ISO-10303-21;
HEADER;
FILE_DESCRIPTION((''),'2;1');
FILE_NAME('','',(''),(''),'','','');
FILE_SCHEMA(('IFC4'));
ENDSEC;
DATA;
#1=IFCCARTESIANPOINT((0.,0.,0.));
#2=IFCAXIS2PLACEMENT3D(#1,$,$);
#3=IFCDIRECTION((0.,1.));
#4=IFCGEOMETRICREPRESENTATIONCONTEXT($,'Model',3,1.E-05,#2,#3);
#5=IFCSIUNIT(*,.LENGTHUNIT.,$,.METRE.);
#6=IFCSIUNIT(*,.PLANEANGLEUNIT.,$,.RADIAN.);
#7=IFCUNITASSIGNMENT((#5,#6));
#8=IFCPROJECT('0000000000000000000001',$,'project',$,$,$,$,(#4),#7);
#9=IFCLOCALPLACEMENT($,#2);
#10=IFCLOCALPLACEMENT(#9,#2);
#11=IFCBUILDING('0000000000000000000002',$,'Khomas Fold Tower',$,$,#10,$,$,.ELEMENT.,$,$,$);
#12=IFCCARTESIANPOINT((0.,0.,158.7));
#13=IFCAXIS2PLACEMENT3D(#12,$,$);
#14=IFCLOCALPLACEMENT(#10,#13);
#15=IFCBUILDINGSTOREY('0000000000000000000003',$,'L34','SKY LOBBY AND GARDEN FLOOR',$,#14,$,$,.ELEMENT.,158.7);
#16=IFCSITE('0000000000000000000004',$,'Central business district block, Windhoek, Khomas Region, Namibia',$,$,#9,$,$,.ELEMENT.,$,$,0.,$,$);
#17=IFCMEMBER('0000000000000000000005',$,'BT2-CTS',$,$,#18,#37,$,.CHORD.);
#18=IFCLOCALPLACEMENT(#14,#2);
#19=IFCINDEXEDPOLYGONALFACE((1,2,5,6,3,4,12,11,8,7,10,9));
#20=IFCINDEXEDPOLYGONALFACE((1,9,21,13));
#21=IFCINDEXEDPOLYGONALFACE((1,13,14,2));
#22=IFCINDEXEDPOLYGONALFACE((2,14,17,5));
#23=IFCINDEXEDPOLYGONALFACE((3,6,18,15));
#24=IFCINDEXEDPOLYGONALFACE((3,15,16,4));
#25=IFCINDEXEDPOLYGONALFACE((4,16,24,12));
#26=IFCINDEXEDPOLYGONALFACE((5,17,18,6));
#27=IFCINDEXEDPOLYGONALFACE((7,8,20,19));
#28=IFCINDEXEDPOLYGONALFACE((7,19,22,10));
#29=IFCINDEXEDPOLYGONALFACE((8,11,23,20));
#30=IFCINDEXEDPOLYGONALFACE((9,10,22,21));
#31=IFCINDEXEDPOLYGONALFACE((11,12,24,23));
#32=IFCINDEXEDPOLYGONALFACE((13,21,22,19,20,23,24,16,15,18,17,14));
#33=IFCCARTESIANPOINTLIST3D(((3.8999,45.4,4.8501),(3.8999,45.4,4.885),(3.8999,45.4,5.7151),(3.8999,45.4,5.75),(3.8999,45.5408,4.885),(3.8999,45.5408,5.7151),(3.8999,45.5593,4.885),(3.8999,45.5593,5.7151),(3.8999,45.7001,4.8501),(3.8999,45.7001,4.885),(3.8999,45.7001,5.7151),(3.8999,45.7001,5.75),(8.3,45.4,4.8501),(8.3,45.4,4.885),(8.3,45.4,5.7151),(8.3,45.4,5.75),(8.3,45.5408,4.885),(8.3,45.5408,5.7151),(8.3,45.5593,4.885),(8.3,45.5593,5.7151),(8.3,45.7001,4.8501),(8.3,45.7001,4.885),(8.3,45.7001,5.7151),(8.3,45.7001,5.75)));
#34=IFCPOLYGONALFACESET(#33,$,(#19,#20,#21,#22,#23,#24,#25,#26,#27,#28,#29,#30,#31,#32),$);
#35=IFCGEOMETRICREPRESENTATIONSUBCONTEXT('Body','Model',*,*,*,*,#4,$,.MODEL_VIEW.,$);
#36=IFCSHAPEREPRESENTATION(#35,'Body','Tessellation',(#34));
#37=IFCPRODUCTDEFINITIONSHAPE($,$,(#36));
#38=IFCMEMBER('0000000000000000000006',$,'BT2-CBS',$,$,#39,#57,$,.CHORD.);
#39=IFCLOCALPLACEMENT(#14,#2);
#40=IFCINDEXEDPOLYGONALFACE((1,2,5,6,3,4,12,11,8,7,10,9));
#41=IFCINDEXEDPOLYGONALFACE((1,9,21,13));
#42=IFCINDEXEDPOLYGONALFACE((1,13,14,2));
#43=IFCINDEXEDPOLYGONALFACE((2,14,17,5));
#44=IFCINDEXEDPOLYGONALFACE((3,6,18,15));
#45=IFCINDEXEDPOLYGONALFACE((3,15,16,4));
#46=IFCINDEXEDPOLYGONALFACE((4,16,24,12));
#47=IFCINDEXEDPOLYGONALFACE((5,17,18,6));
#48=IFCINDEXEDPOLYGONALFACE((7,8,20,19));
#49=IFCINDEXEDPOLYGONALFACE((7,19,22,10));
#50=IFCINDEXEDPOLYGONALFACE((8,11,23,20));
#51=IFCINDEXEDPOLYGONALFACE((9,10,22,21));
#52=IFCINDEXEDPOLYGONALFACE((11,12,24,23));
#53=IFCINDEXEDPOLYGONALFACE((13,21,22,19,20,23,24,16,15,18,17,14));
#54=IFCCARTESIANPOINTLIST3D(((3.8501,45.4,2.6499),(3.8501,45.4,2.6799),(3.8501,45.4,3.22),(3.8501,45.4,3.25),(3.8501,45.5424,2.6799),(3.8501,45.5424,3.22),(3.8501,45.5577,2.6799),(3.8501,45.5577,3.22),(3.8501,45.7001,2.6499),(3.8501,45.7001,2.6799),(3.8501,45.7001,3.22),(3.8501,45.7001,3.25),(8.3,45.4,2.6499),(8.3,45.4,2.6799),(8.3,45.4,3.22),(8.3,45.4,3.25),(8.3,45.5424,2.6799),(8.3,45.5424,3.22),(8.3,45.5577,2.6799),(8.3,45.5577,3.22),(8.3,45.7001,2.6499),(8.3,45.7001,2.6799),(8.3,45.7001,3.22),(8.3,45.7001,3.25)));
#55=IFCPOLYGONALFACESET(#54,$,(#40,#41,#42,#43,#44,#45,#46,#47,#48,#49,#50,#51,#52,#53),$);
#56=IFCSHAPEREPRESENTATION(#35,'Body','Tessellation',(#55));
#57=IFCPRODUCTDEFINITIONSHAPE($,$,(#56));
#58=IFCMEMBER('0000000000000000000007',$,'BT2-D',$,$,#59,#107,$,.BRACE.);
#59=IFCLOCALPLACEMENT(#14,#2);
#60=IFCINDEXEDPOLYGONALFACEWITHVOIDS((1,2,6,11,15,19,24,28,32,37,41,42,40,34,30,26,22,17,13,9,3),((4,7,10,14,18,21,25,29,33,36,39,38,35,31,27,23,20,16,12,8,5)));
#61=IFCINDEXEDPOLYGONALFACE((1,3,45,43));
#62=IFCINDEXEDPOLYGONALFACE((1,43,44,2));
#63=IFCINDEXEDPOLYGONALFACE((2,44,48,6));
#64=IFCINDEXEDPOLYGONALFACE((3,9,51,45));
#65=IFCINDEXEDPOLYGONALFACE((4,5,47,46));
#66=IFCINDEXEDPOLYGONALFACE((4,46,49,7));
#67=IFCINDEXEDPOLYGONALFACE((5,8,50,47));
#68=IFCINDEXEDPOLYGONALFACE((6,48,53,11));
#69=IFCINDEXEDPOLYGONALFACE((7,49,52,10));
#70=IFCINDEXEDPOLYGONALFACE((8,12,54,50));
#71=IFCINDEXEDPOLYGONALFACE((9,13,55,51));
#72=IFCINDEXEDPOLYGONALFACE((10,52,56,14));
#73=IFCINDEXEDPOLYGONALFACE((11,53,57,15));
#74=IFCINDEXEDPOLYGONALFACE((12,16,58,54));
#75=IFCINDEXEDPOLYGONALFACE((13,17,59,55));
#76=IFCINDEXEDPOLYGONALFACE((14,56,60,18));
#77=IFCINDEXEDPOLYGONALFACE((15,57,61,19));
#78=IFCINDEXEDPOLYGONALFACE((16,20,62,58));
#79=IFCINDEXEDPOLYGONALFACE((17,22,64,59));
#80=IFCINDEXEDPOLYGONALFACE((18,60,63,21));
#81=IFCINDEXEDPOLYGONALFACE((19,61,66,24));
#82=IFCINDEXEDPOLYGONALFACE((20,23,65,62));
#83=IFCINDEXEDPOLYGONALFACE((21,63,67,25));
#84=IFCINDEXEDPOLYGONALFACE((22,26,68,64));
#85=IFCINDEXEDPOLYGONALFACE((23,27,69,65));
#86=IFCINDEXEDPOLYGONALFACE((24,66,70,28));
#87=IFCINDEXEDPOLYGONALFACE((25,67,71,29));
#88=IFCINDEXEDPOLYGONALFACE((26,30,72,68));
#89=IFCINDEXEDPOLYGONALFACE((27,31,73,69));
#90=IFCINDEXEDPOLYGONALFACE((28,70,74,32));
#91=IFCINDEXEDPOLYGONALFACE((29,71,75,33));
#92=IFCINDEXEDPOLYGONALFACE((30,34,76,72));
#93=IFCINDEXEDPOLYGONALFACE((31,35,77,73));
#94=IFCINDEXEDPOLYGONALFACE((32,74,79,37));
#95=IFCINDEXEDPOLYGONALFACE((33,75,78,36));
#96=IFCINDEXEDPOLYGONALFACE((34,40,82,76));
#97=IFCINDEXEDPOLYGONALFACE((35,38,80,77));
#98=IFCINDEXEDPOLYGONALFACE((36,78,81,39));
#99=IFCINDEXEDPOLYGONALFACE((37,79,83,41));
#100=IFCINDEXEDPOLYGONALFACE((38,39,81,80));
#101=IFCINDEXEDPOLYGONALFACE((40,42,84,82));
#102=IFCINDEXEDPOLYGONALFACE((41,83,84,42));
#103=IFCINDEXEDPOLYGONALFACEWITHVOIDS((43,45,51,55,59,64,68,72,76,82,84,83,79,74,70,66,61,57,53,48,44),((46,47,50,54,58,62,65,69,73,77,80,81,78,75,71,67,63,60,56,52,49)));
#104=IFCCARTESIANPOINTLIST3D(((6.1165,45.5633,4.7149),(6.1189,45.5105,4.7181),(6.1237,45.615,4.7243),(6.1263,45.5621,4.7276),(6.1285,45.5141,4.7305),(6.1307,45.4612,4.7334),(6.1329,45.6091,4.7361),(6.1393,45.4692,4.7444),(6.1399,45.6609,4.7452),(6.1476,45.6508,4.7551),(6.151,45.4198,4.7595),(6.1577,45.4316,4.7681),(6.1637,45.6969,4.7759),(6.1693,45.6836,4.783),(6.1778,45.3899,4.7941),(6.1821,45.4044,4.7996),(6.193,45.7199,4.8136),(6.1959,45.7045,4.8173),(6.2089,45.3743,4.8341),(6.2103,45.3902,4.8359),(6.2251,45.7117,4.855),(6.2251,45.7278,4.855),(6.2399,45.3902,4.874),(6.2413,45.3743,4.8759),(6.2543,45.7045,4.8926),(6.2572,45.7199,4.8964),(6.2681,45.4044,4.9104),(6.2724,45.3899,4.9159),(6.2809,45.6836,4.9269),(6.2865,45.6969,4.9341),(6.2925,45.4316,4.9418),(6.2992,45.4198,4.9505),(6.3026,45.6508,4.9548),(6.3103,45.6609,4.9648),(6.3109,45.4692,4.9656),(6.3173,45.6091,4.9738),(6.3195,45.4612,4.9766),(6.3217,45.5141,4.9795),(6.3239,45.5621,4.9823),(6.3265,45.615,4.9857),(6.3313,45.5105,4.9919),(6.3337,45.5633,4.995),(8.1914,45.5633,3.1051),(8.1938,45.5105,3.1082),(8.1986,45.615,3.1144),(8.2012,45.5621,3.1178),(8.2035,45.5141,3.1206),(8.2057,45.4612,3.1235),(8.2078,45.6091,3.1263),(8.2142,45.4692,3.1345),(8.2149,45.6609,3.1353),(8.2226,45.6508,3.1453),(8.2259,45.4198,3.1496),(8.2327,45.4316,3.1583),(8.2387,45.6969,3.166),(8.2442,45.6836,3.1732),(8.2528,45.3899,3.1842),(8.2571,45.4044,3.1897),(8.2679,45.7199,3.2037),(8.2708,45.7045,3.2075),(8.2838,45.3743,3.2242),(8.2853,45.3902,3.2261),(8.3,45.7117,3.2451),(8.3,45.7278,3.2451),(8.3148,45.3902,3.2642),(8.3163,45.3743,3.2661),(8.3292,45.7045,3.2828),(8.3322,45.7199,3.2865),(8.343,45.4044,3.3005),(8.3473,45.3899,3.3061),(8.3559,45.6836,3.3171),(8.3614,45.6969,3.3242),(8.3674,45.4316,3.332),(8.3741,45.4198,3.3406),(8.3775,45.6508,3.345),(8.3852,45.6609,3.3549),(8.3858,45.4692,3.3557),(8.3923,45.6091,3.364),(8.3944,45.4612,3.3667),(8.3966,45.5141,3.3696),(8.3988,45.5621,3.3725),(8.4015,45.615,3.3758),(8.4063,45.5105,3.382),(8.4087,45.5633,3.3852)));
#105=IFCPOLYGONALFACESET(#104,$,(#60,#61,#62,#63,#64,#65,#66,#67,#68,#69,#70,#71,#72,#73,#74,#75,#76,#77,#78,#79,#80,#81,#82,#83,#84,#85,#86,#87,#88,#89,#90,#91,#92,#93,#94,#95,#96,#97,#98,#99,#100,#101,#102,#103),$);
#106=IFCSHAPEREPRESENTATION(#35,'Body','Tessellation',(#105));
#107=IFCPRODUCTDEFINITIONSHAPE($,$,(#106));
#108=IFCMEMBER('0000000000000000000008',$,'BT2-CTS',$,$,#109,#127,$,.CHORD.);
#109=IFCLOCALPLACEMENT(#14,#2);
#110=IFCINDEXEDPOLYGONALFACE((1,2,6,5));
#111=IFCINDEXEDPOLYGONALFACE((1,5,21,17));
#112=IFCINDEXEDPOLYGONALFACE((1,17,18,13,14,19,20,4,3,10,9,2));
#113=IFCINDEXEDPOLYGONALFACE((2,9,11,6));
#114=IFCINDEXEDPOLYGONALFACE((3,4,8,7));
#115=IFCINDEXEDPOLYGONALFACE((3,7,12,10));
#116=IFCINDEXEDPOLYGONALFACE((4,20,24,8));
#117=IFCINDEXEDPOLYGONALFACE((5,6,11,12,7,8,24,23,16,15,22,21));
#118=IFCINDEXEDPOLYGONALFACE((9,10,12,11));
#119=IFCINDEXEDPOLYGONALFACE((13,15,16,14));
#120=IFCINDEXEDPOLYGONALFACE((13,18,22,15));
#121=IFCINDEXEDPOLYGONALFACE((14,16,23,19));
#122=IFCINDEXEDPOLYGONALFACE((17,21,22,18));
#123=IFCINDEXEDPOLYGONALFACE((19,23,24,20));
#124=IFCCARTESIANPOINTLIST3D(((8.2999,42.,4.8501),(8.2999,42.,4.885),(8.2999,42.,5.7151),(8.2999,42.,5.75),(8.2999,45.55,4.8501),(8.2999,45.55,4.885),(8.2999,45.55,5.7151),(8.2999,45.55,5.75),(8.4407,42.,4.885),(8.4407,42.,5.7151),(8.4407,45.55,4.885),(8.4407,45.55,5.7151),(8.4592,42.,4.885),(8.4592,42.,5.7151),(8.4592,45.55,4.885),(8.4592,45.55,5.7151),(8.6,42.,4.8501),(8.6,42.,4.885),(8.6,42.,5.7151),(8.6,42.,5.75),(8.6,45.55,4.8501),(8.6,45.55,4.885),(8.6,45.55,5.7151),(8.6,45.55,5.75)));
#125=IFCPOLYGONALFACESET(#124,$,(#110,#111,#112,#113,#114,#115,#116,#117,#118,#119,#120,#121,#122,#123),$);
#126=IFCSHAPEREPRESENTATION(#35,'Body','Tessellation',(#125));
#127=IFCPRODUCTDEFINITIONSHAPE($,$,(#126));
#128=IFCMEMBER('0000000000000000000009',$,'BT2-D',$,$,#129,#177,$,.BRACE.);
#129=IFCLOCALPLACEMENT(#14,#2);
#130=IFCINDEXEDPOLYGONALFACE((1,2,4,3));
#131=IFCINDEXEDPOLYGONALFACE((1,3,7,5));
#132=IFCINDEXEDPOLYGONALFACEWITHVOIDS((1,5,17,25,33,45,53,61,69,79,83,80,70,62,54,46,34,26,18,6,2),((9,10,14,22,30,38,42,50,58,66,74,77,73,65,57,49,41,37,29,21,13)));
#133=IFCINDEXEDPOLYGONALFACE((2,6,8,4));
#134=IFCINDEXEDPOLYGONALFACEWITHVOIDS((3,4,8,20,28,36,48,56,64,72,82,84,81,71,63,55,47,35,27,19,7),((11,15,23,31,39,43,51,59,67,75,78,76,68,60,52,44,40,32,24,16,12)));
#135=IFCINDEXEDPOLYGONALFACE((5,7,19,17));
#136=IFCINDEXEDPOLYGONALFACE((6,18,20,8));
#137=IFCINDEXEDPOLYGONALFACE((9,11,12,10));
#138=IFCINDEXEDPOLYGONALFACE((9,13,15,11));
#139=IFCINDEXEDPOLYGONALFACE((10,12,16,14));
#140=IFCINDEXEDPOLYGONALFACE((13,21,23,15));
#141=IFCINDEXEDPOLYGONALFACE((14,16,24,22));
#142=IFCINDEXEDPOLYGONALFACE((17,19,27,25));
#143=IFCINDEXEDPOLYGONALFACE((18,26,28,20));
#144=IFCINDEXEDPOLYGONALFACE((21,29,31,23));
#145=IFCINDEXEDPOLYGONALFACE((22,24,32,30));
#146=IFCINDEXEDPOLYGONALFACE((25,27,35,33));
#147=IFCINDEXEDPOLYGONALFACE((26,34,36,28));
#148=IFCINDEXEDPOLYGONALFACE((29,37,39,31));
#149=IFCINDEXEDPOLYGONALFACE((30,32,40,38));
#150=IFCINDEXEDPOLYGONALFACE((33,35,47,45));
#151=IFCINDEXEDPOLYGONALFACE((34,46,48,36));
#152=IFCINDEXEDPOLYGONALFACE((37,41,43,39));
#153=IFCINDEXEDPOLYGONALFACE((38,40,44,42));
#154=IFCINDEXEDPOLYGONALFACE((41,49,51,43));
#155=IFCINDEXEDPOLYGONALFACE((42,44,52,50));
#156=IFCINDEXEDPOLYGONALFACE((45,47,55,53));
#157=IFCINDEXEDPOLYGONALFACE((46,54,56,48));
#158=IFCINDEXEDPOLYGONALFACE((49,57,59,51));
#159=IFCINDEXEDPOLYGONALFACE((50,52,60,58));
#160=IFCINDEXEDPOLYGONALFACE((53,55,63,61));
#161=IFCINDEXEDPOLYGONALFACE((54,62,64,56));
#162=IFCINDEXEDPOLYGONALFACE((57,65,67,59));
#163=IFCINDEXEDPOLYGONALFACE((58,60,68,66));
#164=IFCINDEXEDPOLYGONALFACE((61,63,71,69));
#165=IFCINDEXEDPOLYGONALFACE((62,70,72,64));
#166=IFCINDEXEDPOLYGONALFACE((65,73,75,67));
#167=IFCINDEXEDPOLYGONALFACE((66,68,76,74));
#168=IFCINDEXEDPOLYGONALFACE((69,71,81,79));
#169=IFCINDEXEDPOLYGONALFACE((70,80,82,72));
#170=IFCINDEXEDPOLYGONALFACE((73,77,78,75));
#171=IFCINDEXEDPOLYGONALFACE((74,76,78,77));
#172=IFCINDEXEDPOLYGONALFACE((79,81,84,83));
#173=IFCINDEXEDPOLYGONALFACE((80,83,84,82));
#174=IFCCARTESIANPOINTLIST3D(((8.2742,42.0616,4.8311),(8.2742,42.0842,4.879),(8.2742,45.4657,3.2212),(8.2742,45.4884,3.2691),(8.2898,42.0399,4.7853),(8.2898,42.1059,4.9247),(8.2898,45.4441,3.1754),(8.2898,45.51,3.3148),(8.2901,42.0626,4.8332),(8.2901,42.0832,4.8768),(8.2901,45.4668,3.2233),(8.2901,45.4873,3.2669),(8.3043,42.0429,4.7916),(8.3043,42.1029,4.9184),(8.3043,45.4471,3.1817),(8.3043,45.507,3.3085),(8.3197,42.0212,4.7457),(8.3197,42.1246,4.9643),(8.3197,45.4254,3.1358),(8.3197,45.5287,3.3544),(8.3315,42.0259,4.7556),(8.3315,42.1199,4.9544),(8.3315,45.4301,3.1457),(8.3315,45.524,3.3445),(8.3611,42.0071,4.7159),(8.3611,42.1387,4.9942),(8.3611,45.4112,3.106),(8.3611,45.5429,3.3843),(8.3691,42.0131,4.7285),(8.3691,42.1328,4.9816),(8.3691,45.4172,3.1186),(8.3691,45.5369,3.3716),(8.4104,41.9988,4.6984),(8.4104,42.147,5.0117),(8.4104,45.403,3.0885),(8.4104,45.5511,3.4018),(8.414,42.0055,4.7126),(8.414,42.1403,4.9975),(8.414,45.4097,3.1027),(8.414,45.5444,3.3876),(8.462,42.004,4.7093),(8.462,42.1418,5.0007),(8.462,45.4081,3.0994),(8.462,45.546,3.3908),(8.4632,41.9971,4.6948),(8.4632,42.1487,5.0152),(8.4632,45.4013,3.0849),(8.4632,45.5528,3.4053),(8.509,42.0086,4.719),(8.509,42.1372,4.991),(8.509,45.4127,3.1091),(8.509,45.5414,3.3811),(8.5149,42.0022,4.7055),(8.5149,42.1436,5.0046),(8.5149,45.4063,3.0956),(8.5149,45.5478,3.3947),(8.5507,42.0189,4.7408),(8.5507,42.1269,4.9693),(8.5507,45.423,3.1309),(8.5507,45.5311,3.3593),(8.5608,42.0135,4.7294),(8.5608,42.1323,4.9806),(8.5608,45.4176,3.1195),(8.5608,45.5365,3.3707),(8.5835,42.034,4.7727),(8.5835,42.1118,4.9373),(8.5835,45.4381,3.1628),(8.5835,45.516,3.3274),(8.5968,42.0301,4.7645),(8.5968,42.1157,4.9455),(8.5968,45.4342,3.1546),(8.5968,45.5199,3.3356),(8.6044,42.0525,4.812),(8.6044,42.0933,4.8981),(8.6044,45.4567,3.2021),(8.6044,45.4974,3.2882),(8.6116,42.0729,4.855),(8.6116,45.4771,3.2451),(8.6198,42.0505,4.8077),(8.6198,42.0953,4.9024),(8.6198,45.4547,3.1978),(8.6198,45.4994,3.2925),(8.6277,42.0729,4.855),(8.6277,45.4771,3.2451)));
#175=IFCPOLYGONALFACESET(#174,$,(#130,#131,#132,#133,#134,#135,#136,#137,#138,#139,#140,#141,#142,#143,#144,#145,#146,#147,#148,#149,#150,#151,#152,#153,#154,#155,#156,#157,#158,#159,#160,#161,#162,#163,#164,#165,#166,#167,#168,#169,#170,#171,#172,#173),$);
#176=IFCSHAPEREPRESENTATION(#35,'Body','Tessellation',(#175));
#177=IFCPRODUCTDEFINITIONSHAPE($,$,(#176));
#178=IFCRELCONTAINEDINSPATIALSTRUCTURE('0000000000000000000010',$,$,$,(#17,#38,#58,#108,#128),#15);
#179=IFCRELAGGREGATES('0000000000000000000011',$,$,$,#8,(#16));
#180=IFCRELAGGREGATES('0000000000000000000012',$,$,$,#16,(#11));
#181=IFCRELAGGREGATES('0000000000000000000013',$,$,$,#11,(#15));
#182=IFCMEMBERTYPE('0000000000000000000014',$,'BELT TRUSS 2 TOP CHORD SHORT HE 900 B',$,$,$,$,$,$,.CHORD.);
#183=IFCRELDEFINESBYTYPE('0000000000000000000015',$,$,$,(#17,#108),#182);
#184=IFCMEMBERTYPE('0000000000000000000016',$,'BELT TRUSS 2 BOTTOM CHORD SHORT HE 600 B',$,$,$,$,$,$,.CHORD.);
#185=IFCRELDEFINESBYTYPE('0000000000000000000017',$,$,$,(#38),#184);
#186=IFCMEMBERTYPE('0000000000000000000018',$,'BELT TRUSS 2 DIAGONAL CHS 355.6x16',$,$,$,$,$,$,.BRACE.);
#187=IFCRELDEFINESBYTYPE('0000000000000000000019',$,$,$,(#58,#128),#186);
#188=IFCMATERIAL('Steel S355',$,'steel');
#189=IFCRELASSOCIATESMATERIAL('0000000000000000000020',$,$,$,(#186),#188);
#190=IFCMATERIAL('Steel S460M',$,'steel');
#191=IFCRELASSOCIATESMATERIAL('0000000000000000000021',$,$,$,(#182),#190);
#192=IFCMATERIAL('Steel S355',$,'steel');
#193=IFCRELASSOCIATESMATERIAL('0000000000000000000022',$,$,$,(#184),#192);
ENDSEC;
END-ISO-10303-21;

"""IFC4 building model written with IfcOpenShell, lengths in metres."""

from ifc_helpers import new_model, si_unit, direction, frame, origin, origin_2d, place, context, subcontext, project, spatial, hollow_circle, i_section, extrude, source, transform, mapped, material, material_profile, profile_set, type_object, element, save


model = new_model("IFC4")

# Units and contexts
model_context = context("Model", 3, precision=1e-05, world=origin(), true_north=direction((0.0, 1.0)))
body_context = subcontext(model_context, "Body", "Model", "MODEL_VIEW")
ifc_project = project(units=[si_unit("LENGTHUNIT", "METRE"), si_unit("PLANEANGLEUNIT", "RADIAN")], contexts=[model_context])

# Site, building, storey
site_placement = place(None, origin())
site = spatial("IfcSite", under=ifc_project, at=site_placement, Name="Central business district block, Windhoek, Khomas Region, Namibia", CompositionType="ELEMENT", RefElevation=0.0)
building_placement = place(site_placement, origin())
building = spatial("IfcBuilding", under=site, at=building_placement, Name="Khomas Fold Tower", CompositionType="ELEMENT")
storey_placement = place(building_placement, frame((0.0, 0.0, 158.7)))
storey = spatial("IfcBuildingStorey", under=building, at=storey_placement, Name="L34", Description="SKY LOBBY AND GARDEN FLOOR", CompositionType="ELEMENT", Elevation=158.7)

# Members
ifc_material_1 = material(Name="Steel S355", Category="steel")
ifc_material_profile_1 = material_profile(ifc_material_1, hollow_circle(Radius=0.1777, WallThickness=0.0161, at=origin_2d()), Name="CHS 355.6x16")
ifc_profile_set_1 = profile_set([ifc_material_profile_1], Name="Steel S355")
member_type_1 = type_object("IfcMemberType", Name="BELT TRUSS 2 DIAGONAL CHS 355.6x16", PredefinedType="BRACE", material=ifc_profile_set_1)
ifc_material_2 = material(Name="Steel S460M", Category="steel")
ifc_material_profile_2 = material_profile(ifc_material_2, i_section(OverallWidth=0.3, OverallDepth=0.8999, WebThickness=0.0186, FlangeThickness=0.0349, at=origin_2d()), Name="HE 900 B")
ifc_profile_set_2 = profile_set([ifc_material_profile_2], Name="Steel S460M")
member_type_2 = type_object("IfcMemberType", Name="BELT TRUSS 2 TOP CHORD SHORT HE 900 B", PredefinedType="CHORD", material=ifc_profile_set_2)
shared_shape_1 = source(origin(), body_context, "Body", "SweptSolid", [
    extrude(i_section(OverallWidth=0.3, OverallDepth=0.8999, WebThickness=0.0186, FlangeThickness=0.0349, at=origin_2d()), origin(), (0.0, 0.0, 1.0), 4.4001),
])
member_1_placement = place(storey_placement, frame((3.8999, 45.55, 5.3), z_axis=(1.0, 0.0, 0.0), x_axis=(0.0, 1.0, 0.0)))
element("IfcMember", 1, at=member_1_placement, inside=storey, type_object=member_type_2, Name="BT2-CTS", PredefinedType="CHORD", context=body_context, shape_type="MappedRepresentation", body=[
    mapped(shared_shape_1, transform((0.0, 0.0, 0.0))),
])
ifc_material_3 = material(Name="Steel S355", Category="steel")
ifc_material_profile_3 = material_profile(ifc_material_3, i_section(OverallWidth=0.3, OverallDepth=0.6001, WebThickness=0.0154, FlangeThickness=0.03, at=origin_2d()), Name="HE 600 B")
ifc_profile_set_3 = profile_set([ifc_material_profile_3], Name="Steel S355")
member_type_3 = type_object("IfcMemberType", Name="BELT TRUSS 2 BOTTOM CHORD SHORT HE 600 B", PredefinedType="CHORD", material=ifc_profile_set_3)
shared_shape_2 = source(origin(), body_context, "Body", "SweptSolid", [
    extrude(i_section(OverallWidth=0.3, OverallDepth=0.6001, WebThickness=0.0154, FlangeThickness=0.03, at=origin_2d()), origin(), (0.0, 0.0, 1.0), 4.45),
])
member_2_placement = place(storey_placement, frame((3.8501, 45.55, 2.95), z_axis=(1.0, 0.0, 0.0), x_axis=(0.0, 1.0, 0.0)))
element("IfcMember", 2, at=member_2_placement, inside=storey, type_object=member_type_3, Name="BT2-CBS", PredefinedType="CHORD", context=body_context, shape_type="MappedRepresentation", body=[
    mapped(shared_shape_2, transform((0.0, 0.0, 0.0))),
])
shared_shape_3 = source(origin(), body_context, "Body", "SweptSolid", [
    extrude(hollow_circle(Radius=0.1777, WallThickness=0.0161, at=origin_2d()), origin(), (0.0, 0.0, 1.0), 2.6262),
])
member_3_placement = place(storey_placement, frame((6.2251, 45.55, 4.855), z_axis=(0.790087, 0.0, -0.612994), x_axis=(0.0, 1.0, 0.0)))
element("IfcMember", 3, at=member_3_placement, inside=storey, type_object=member_type_1, Name="BT2-D", PredefinedType="BRACE", context=body_context, shape_type="MappedRepresentation", body=[
    mapped(shared_shape_3, transform((0.0, 0.0, 0.0))),
])
shared_shape_4 = source(origin(), body_context, "Body", "SweptSolid", [
    extrude(i_section(OverallWidth=0.3, OverallDepth=0.8999, WebThickness=0.0186, FlangeThickness=0.0349, at=origin_2d()), origin(), (0.0, 0.0, 1.0), 3.55),
])
member_4_placement = place(storey_placement, frame((8.45, 45.55, 5.3), z_axis=(0.0, -1.0, 0.0), x_axis=(1.0, 0.0, 0.0)))
element("IfcMember", 4, at=member_4_placement, inside=storey, type_object=member_type_2, Name="BT2-CTS", PredefinedType="CHORD", context=body_context, shape_type="MappedRepresentation", body=[
    mapped(shared_shape_4, transform((0.0, 0.0, 0.0))),
])
shared_shape_5 = source(origin(), body_context, "Body", "SweptSolid", [
    extrude(hollow_circle(Radius=0.1777, WallThickness=0.0161, at=origin_2d()), origin(), (0.0, 0.0, 1.0), 3.7656),
])
member_5_placement = place(storey_placement, frame((8.45, 45.4771, 3.2451), z_axis=(0.0, -0.904003, 0.427526), x_axis=(1.0, 0.0, 0.0)))
element("IfcMember", 5, at=member_5_placement, inside=storey, type_object=member_type_1, Name="BT2-D", PredefinedType="BRACE", context=body_context, shape_type="MappedRepresentation", body=[
    mapped(shared_shape_5, transform((0.0, 0.0, 0.0))),
])

save(model, "model.ifc")
